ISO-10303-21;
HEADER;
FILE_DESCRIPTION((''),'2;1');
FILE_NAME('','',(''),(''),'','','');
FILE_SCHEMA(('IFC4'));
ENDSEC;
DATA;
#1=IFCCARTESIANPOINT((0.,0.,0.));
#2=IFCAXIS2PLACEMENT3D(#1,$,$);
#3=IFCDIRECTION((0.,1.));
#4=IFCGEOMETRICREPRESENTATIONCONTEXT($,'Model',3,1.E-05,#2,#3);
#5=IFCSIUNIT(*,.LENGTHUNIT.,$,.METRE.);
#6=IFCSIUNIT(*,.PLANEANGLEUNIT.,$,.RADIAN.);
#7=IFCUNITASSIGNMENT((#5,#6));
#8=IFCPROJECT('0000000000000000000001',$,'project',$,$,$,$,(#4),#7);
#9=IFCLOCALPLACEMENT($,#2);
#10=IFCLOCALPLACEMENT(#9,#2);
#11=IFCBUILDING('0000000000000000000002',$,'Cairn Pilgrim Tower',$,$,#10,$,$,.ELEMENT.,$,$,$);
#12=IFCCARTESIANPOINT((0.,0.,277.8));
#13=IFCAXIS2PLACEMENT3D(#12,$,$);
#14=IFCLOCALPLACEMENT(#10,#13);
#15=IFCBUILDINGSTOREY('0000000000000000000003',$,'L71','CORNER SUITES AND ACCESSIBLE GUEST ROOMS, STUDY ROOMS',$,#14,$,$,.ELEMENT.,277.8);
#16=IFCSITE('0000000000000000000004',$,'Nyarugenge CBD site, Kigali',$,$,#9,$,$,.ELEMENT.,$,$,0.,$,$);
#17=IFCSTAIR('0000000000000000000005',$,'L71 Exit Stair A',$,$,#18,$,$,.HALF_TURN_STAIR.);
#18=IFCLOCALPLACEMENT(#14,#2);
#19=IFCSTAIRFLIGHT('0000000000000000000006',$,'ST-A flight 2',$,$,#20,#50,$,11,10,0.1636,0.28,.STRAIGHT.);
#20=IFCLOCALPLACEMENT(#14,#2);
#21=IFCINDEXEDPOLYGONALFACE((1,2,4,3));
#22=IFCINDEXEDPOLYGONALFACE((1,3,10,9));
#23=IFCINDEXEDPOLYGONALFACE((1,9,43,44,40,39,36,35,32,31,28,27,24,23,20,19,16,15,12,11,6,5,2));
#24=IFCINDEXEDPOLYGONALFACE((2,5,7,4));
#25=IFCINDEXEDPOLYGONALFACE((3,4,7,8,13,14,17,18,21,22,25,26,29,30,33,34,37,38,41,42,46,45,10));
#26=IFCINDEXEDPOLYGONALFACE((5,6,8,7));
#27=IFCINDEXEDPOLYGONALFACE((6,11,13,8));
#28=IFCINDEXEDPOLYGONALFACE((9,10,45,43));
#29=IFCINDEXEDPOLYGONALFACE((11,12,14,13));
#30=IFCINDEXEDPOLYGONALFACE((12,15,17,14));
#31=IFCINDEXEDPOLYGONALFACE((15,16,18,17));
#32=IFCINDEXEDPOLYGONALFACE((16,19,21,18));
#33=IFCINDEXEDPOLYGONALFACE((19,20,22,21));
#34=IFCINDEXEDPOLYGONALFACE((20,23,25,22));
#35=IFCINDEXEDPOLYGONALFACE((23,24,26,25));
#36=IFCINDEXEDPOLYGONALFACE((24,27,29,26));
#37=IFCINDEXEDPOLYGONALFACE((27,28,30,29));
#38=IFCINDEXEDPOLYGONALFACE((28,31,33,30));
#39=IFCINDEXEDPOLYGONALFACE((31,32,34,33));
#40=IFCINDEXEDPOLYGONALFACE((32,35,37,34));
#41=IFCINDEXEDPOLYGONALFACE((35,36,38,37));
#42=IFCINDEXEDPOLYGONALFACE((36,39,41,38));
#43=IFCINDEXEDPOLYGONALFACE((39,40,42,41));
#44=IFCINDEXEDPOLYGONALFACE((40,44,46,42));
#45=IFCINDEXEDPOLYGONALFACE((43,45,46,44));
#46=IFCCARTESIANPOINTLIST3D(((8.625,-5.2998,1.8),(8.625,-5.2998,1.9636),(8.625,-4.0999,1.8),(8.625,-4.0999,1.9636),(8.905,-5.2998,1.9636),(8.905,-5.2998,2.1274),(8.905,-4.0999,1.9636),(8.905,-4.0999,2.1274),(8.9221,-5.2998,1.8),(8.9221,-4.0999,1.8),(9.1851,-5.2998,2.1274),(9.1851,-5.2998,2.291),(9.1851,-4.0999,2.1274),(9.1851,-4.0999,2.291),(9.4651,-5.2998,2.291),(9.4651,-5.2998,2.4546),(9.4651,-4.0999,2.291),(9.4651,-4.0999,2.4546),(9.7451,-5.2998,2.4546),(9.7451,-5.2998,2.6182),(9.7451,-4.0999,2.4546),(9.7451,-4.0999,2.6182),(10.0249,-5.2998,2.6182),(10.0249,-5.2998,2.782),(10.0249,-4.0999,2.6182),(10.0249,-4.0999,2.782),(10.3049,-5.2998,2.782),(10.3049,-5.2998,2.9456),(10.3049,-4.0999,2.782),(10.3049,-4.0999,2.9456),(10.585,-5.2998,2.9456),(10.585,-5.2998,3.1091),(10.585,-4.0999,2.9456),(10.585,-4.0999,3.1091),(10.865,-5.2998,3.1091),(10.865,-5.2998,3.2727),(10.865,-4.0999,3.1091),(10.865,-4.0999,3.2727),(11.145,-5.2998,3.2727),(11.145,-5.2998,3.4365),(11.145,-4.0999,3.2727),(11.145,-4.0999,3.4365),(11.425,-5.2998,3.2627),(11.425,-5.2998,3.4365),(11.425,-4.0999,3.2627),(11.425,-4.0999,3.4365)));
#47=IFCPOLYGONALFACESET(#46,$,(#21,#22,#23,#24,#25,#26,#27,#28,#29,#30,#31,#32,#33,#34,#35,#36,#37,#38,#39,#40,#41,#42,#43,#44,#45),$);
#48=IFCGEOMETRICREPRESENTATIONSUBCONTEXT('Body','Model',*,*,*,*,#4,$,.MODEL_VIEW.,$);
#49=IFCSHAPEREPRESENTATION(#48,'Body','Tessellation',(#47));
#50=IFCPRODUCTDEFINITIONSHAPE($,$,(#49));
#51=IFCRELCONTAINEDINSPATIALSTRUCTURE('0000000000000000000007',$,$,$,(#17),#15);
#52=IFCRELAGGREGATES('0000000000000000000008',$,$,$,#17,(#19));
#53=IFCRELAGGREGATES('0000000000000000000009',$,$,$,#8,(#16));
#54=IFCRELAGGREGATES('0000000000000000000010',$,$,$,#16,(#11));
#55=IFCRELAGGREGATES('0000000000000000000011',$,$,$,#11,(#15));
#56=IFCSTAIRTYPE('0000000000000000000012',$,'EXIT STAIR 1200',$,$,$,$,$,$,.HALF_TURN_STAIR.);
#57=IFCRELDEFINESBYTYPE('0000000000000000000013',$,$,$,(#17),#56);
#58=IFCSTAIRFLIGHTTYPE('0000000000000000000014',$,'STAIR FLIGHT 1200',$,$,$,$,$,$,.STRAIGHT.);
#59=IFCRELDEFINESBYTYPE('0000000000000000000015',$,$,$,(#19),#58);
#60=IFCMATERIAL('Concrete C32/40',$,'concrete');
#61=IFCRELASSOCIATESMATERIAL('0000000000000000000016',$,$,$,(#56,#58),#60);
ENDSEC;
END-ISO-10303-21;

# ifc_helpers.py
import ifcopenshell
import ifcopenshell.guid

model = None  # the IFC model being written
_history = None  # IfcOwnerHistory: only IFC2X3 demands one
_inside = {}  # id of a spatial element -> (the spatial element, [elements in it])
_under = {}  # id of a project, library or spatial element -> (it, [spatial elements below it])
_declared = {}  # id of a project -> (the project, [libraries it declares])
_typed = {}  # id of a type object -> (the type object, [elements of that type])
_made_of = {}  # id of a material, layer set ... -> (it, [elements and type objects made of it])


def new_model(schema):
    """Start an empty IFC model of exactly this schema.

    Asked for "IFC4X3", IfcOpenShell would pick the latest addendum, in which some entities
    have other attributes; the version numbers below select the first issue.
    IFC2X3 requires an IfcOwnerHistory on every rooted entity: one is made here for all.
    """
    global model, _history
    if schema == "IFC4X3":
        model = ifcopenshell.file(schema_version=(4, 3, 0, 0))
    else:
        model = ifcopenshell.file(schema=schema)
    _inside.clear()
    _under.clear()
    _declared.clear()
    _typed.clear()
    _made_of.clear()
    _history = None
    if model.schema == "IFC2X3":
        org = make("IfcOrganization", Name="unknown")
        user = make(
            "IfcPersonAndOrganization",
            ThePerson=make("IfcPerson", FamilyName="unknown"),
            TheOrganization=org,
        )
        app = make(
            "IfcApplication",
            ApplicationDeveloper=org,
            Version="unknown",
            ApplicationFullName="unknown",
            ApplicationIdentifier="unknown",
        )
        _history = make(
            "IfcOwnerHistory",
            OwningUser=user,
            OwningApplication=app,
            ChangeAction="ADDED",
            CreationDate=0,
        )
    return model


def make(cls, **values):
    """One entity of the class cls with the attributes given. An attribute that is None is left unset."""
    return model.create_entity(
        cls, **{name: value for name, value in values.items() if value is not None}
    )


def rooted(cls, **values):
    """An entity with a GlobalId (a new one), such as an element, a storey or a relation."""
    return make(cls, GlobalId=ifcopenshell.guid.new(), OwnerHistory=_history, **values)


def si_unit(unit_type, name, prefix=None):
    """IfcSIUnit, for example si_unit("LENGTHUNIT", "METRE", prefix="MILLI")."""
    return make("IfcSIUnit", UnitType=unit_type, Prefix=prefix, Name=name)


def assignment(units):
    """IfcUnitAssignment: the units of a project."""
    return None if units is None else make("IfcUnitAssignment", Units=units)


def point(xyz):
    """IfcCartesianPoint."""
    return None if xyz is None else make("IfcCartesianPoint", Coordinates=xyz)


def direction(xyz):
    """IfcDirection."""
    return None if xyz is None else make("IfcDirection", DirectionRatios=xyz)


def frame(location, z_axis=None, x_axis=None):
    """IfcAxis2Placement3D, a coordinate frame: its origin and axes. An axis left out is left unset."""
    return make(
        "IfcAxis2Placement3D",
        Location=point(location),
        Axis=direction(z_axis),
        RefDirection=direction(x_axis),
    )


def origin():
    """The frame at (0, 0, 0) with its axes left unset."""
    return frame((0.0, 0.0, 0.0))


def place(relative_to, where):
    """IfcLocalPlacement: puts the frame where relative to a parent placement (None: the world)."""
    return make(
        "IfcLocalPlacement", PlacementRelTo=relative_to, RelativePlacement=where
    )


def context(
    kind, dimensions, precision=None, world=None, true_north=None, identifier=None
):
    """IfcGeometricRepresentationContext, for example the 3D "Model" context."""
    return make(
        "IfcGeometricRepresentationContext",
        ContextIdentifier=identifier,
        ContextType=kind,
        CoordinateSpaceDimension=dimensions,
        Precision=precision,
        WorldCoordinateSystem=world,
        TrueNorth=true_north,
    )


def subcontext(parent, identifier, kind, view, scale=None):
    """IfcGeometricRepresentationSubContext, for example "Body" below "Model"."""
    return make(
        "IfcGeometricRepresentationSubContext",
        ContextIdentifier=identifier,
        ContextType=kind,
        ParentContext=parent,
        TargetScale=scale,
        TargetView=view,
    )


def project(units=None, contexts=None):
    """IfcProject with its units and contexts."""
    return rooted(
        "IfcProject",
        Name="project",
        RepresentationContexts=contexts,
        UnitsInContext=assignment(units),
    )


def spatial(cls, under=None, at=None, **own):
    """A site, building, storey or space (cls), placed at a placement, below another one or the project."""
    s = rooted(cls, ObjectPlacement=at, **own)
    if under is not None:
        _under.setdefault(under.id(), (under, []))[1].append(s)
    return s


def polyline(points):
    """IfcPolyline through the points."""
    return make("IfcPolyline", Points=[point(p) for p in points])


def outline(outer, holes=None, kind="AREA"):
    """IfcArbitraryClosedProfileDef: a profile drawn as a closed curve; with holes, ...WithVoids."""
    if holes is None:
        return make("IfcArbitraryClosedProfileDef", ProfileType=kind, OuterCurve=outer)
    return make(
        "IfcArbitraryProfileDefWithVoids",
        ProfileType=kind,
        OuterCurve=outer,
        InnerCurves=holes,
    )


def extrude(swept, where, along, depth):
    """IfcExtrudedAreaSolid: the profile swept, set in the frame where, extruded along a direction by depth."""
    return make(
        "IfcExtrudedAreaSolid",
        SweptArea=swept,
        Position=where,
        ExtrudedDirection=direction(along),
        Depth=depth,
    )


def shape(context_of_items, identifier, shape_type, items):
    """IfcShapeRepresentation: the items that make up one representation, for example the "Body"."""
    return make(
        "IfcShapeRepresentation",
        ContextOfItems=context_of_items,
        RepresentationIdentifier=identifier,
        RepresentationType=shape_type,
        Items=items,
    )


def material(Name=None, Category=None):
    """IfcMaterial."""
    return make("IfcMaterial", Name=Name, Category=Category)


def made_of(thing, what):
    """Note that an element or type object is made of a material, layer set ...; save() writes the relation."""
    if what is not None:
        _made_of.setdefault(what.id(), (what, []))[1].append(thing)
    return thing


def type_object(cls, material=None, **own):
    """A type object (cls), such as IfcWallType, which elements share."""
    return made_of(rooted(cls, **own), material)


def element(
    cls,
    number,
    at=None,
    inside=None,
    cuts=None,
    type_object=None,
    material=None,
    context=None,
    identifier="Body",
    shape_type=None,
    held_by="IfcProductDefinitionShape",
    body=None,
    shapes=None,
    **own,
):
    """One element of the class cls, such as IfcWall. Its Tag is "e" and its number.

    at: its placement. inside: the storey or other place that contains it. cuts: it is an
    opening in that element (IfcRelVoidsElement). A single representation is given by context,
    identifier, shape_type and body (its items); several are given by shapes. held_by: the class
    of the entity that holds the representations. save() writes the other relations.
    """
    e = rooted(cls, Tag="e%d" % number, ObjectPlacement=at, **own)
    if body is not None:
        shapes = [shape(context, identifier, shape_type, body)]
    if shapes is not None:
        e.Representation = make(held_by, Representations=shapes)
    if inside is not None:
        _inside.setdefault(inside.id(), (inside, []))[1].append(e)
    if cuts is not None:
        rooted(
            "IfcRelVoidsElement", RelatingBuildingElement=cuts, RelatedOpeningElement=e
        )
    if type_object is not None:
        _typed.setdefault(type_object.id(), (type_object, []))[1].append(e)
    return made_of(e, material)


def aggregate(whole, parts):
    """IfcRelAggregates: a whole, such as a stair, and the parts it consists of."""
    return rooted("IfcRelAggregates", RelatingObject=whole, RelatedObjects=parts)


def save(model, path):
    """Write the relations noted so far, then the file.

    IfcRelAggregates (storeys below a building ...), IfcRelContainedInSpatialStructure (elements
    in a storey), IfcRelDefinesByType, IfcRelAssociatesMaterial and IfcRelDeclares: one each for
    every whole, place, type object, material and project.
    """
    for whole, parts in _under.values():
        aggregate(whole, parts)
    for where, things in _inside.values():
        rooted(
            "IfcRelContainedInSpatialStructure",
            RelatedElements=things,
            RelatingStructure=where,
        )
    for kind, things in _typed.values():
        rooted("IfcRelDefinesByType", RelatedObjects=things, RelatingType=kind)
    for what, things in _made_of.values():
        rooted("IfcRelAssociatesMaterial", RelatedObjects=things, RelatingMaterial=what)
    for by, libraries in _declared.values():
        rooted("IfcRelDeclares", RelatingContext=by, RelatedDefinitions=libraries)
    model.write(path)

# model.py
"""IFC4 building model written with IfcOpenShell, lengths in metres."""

from ifc_helpers import new_model, si_unit, direction, frame, origin, place, context, subcontext, project, spatial, polyline, outline, extrude, material, type_object, element, aggregate, save


model = new_model("IFC4")

# Units and contexts
model_context = context("Model", 3, precision=1e-05, world=origin(), true_north=direction((0.0, 1.0)))
body_context = subcontext(model_context, "Body", "Model", "MODEL_VIEW")
ifc_project = project(units=[si_unit("LENGTHUNIT", "METRE"), si_unit("PLANEANGLEUNIT", "RADIAN")], contexts=[model_context])

# Site, building, storey
site_placement = place(None, origin())
site = spatial("IfcSite", under=ifc_project, at=site_placement, Name="Nyarugenge CBD site, Kigali", CompositionType="ELEMENT", RefElevation=0.0)
building_placement = place(site_placement, origin())
building = spatial("IfcBuilding", under=site, at=building_placement, Name="Cairn Pilgrim Tower", CompositionType="ELEMENT")
storey_placement = place(building_placement, frame((0.0, 0.0, 277.8)))
storey = spatial("IfcBuildingStorey", under=building, at=storey_placement, Name="L71", Description="CORNER SUITES AND ACCESSIBLE GUEST ROOMS, STUDY ROOMS", CompositionType="ELEMENT", Elevation=277.8)

# Shared definitions
ifc_material_1 = material(Name="Concrete C32/40", Category="concrete")

# Stair, stair flight
stair_type = type_object("IfcStairType", Name="EXIT STAIR 1200", PredefinedType="HALF_TURN_STAIR", material=ifc_material_1)
stair_placement = place(storey_placement, origin())
stair = element("IfcStair", 1, at=stair_placement, inside=storey, type_object=stair_type, Name="L71 Exit Stair A", PredefinedType="HALF_TURN_STAIR")
stair_flight_type = type_object("IfcStairFlightType", Name="STAIR FLIGHT 1200", PredefinedType="STRAIGHT", material=ifc_material_1)
stair_flight_1_placement = place(storey_placement, frame((8.625, -4.7, 1.8), z_axis=(0.0, 0.0, 1.0), x_axis=(1.0, 0.0, 0.0)))
stair_flight_1 = element("IfcStairFlight", 2, at=stair_flight_1_placement, type_object=stair_flight_type, Name="ST-A flight 2", NumberOfRisers=11, NumberOfTreads=10, PredefinedType="STRAIGHT", RiserHeight=0.1636, TreadLength=0.28, context=body_context, shape_type="SweptSolid", body=[
    extrude(outline(polyline([(0.0, 0.0), (0.0, 0.1636), (0.28, 0.1636), (0.28, 0.3274), (0.5601, 0.3274), (0.5601, 0.491), (0.8401, 0.491), (0.8401, 0.6545), (1.1201, 0.6545), (1.1201, 0.8181), (1.3999, 0.8181), (1.3999, 0.9819), (1.6799, 0.9819), (1.6799, 1.1455), (1.96, 1.1455), (1.96, 1.3091), (2.24, 1.3091), (2.24, 1.4727), (2.52, 1.4727), (2.52, 1.6365), (2.8, 1.6365), (2.8, 1.8), (2.8, 1.4626), (0.2971, 0.0), (0.0, 0.0)])), frame((0.0, 0.6001, 0.0), z_axis=(0.0, -1.0, 0.0), x_axis=(1.0, 0.0, 0.0)), (0.0, 0.0, 1.0), 1.2),
])
aggregate(stair, [stair_flight_1])

save(model, "model.ifc")
